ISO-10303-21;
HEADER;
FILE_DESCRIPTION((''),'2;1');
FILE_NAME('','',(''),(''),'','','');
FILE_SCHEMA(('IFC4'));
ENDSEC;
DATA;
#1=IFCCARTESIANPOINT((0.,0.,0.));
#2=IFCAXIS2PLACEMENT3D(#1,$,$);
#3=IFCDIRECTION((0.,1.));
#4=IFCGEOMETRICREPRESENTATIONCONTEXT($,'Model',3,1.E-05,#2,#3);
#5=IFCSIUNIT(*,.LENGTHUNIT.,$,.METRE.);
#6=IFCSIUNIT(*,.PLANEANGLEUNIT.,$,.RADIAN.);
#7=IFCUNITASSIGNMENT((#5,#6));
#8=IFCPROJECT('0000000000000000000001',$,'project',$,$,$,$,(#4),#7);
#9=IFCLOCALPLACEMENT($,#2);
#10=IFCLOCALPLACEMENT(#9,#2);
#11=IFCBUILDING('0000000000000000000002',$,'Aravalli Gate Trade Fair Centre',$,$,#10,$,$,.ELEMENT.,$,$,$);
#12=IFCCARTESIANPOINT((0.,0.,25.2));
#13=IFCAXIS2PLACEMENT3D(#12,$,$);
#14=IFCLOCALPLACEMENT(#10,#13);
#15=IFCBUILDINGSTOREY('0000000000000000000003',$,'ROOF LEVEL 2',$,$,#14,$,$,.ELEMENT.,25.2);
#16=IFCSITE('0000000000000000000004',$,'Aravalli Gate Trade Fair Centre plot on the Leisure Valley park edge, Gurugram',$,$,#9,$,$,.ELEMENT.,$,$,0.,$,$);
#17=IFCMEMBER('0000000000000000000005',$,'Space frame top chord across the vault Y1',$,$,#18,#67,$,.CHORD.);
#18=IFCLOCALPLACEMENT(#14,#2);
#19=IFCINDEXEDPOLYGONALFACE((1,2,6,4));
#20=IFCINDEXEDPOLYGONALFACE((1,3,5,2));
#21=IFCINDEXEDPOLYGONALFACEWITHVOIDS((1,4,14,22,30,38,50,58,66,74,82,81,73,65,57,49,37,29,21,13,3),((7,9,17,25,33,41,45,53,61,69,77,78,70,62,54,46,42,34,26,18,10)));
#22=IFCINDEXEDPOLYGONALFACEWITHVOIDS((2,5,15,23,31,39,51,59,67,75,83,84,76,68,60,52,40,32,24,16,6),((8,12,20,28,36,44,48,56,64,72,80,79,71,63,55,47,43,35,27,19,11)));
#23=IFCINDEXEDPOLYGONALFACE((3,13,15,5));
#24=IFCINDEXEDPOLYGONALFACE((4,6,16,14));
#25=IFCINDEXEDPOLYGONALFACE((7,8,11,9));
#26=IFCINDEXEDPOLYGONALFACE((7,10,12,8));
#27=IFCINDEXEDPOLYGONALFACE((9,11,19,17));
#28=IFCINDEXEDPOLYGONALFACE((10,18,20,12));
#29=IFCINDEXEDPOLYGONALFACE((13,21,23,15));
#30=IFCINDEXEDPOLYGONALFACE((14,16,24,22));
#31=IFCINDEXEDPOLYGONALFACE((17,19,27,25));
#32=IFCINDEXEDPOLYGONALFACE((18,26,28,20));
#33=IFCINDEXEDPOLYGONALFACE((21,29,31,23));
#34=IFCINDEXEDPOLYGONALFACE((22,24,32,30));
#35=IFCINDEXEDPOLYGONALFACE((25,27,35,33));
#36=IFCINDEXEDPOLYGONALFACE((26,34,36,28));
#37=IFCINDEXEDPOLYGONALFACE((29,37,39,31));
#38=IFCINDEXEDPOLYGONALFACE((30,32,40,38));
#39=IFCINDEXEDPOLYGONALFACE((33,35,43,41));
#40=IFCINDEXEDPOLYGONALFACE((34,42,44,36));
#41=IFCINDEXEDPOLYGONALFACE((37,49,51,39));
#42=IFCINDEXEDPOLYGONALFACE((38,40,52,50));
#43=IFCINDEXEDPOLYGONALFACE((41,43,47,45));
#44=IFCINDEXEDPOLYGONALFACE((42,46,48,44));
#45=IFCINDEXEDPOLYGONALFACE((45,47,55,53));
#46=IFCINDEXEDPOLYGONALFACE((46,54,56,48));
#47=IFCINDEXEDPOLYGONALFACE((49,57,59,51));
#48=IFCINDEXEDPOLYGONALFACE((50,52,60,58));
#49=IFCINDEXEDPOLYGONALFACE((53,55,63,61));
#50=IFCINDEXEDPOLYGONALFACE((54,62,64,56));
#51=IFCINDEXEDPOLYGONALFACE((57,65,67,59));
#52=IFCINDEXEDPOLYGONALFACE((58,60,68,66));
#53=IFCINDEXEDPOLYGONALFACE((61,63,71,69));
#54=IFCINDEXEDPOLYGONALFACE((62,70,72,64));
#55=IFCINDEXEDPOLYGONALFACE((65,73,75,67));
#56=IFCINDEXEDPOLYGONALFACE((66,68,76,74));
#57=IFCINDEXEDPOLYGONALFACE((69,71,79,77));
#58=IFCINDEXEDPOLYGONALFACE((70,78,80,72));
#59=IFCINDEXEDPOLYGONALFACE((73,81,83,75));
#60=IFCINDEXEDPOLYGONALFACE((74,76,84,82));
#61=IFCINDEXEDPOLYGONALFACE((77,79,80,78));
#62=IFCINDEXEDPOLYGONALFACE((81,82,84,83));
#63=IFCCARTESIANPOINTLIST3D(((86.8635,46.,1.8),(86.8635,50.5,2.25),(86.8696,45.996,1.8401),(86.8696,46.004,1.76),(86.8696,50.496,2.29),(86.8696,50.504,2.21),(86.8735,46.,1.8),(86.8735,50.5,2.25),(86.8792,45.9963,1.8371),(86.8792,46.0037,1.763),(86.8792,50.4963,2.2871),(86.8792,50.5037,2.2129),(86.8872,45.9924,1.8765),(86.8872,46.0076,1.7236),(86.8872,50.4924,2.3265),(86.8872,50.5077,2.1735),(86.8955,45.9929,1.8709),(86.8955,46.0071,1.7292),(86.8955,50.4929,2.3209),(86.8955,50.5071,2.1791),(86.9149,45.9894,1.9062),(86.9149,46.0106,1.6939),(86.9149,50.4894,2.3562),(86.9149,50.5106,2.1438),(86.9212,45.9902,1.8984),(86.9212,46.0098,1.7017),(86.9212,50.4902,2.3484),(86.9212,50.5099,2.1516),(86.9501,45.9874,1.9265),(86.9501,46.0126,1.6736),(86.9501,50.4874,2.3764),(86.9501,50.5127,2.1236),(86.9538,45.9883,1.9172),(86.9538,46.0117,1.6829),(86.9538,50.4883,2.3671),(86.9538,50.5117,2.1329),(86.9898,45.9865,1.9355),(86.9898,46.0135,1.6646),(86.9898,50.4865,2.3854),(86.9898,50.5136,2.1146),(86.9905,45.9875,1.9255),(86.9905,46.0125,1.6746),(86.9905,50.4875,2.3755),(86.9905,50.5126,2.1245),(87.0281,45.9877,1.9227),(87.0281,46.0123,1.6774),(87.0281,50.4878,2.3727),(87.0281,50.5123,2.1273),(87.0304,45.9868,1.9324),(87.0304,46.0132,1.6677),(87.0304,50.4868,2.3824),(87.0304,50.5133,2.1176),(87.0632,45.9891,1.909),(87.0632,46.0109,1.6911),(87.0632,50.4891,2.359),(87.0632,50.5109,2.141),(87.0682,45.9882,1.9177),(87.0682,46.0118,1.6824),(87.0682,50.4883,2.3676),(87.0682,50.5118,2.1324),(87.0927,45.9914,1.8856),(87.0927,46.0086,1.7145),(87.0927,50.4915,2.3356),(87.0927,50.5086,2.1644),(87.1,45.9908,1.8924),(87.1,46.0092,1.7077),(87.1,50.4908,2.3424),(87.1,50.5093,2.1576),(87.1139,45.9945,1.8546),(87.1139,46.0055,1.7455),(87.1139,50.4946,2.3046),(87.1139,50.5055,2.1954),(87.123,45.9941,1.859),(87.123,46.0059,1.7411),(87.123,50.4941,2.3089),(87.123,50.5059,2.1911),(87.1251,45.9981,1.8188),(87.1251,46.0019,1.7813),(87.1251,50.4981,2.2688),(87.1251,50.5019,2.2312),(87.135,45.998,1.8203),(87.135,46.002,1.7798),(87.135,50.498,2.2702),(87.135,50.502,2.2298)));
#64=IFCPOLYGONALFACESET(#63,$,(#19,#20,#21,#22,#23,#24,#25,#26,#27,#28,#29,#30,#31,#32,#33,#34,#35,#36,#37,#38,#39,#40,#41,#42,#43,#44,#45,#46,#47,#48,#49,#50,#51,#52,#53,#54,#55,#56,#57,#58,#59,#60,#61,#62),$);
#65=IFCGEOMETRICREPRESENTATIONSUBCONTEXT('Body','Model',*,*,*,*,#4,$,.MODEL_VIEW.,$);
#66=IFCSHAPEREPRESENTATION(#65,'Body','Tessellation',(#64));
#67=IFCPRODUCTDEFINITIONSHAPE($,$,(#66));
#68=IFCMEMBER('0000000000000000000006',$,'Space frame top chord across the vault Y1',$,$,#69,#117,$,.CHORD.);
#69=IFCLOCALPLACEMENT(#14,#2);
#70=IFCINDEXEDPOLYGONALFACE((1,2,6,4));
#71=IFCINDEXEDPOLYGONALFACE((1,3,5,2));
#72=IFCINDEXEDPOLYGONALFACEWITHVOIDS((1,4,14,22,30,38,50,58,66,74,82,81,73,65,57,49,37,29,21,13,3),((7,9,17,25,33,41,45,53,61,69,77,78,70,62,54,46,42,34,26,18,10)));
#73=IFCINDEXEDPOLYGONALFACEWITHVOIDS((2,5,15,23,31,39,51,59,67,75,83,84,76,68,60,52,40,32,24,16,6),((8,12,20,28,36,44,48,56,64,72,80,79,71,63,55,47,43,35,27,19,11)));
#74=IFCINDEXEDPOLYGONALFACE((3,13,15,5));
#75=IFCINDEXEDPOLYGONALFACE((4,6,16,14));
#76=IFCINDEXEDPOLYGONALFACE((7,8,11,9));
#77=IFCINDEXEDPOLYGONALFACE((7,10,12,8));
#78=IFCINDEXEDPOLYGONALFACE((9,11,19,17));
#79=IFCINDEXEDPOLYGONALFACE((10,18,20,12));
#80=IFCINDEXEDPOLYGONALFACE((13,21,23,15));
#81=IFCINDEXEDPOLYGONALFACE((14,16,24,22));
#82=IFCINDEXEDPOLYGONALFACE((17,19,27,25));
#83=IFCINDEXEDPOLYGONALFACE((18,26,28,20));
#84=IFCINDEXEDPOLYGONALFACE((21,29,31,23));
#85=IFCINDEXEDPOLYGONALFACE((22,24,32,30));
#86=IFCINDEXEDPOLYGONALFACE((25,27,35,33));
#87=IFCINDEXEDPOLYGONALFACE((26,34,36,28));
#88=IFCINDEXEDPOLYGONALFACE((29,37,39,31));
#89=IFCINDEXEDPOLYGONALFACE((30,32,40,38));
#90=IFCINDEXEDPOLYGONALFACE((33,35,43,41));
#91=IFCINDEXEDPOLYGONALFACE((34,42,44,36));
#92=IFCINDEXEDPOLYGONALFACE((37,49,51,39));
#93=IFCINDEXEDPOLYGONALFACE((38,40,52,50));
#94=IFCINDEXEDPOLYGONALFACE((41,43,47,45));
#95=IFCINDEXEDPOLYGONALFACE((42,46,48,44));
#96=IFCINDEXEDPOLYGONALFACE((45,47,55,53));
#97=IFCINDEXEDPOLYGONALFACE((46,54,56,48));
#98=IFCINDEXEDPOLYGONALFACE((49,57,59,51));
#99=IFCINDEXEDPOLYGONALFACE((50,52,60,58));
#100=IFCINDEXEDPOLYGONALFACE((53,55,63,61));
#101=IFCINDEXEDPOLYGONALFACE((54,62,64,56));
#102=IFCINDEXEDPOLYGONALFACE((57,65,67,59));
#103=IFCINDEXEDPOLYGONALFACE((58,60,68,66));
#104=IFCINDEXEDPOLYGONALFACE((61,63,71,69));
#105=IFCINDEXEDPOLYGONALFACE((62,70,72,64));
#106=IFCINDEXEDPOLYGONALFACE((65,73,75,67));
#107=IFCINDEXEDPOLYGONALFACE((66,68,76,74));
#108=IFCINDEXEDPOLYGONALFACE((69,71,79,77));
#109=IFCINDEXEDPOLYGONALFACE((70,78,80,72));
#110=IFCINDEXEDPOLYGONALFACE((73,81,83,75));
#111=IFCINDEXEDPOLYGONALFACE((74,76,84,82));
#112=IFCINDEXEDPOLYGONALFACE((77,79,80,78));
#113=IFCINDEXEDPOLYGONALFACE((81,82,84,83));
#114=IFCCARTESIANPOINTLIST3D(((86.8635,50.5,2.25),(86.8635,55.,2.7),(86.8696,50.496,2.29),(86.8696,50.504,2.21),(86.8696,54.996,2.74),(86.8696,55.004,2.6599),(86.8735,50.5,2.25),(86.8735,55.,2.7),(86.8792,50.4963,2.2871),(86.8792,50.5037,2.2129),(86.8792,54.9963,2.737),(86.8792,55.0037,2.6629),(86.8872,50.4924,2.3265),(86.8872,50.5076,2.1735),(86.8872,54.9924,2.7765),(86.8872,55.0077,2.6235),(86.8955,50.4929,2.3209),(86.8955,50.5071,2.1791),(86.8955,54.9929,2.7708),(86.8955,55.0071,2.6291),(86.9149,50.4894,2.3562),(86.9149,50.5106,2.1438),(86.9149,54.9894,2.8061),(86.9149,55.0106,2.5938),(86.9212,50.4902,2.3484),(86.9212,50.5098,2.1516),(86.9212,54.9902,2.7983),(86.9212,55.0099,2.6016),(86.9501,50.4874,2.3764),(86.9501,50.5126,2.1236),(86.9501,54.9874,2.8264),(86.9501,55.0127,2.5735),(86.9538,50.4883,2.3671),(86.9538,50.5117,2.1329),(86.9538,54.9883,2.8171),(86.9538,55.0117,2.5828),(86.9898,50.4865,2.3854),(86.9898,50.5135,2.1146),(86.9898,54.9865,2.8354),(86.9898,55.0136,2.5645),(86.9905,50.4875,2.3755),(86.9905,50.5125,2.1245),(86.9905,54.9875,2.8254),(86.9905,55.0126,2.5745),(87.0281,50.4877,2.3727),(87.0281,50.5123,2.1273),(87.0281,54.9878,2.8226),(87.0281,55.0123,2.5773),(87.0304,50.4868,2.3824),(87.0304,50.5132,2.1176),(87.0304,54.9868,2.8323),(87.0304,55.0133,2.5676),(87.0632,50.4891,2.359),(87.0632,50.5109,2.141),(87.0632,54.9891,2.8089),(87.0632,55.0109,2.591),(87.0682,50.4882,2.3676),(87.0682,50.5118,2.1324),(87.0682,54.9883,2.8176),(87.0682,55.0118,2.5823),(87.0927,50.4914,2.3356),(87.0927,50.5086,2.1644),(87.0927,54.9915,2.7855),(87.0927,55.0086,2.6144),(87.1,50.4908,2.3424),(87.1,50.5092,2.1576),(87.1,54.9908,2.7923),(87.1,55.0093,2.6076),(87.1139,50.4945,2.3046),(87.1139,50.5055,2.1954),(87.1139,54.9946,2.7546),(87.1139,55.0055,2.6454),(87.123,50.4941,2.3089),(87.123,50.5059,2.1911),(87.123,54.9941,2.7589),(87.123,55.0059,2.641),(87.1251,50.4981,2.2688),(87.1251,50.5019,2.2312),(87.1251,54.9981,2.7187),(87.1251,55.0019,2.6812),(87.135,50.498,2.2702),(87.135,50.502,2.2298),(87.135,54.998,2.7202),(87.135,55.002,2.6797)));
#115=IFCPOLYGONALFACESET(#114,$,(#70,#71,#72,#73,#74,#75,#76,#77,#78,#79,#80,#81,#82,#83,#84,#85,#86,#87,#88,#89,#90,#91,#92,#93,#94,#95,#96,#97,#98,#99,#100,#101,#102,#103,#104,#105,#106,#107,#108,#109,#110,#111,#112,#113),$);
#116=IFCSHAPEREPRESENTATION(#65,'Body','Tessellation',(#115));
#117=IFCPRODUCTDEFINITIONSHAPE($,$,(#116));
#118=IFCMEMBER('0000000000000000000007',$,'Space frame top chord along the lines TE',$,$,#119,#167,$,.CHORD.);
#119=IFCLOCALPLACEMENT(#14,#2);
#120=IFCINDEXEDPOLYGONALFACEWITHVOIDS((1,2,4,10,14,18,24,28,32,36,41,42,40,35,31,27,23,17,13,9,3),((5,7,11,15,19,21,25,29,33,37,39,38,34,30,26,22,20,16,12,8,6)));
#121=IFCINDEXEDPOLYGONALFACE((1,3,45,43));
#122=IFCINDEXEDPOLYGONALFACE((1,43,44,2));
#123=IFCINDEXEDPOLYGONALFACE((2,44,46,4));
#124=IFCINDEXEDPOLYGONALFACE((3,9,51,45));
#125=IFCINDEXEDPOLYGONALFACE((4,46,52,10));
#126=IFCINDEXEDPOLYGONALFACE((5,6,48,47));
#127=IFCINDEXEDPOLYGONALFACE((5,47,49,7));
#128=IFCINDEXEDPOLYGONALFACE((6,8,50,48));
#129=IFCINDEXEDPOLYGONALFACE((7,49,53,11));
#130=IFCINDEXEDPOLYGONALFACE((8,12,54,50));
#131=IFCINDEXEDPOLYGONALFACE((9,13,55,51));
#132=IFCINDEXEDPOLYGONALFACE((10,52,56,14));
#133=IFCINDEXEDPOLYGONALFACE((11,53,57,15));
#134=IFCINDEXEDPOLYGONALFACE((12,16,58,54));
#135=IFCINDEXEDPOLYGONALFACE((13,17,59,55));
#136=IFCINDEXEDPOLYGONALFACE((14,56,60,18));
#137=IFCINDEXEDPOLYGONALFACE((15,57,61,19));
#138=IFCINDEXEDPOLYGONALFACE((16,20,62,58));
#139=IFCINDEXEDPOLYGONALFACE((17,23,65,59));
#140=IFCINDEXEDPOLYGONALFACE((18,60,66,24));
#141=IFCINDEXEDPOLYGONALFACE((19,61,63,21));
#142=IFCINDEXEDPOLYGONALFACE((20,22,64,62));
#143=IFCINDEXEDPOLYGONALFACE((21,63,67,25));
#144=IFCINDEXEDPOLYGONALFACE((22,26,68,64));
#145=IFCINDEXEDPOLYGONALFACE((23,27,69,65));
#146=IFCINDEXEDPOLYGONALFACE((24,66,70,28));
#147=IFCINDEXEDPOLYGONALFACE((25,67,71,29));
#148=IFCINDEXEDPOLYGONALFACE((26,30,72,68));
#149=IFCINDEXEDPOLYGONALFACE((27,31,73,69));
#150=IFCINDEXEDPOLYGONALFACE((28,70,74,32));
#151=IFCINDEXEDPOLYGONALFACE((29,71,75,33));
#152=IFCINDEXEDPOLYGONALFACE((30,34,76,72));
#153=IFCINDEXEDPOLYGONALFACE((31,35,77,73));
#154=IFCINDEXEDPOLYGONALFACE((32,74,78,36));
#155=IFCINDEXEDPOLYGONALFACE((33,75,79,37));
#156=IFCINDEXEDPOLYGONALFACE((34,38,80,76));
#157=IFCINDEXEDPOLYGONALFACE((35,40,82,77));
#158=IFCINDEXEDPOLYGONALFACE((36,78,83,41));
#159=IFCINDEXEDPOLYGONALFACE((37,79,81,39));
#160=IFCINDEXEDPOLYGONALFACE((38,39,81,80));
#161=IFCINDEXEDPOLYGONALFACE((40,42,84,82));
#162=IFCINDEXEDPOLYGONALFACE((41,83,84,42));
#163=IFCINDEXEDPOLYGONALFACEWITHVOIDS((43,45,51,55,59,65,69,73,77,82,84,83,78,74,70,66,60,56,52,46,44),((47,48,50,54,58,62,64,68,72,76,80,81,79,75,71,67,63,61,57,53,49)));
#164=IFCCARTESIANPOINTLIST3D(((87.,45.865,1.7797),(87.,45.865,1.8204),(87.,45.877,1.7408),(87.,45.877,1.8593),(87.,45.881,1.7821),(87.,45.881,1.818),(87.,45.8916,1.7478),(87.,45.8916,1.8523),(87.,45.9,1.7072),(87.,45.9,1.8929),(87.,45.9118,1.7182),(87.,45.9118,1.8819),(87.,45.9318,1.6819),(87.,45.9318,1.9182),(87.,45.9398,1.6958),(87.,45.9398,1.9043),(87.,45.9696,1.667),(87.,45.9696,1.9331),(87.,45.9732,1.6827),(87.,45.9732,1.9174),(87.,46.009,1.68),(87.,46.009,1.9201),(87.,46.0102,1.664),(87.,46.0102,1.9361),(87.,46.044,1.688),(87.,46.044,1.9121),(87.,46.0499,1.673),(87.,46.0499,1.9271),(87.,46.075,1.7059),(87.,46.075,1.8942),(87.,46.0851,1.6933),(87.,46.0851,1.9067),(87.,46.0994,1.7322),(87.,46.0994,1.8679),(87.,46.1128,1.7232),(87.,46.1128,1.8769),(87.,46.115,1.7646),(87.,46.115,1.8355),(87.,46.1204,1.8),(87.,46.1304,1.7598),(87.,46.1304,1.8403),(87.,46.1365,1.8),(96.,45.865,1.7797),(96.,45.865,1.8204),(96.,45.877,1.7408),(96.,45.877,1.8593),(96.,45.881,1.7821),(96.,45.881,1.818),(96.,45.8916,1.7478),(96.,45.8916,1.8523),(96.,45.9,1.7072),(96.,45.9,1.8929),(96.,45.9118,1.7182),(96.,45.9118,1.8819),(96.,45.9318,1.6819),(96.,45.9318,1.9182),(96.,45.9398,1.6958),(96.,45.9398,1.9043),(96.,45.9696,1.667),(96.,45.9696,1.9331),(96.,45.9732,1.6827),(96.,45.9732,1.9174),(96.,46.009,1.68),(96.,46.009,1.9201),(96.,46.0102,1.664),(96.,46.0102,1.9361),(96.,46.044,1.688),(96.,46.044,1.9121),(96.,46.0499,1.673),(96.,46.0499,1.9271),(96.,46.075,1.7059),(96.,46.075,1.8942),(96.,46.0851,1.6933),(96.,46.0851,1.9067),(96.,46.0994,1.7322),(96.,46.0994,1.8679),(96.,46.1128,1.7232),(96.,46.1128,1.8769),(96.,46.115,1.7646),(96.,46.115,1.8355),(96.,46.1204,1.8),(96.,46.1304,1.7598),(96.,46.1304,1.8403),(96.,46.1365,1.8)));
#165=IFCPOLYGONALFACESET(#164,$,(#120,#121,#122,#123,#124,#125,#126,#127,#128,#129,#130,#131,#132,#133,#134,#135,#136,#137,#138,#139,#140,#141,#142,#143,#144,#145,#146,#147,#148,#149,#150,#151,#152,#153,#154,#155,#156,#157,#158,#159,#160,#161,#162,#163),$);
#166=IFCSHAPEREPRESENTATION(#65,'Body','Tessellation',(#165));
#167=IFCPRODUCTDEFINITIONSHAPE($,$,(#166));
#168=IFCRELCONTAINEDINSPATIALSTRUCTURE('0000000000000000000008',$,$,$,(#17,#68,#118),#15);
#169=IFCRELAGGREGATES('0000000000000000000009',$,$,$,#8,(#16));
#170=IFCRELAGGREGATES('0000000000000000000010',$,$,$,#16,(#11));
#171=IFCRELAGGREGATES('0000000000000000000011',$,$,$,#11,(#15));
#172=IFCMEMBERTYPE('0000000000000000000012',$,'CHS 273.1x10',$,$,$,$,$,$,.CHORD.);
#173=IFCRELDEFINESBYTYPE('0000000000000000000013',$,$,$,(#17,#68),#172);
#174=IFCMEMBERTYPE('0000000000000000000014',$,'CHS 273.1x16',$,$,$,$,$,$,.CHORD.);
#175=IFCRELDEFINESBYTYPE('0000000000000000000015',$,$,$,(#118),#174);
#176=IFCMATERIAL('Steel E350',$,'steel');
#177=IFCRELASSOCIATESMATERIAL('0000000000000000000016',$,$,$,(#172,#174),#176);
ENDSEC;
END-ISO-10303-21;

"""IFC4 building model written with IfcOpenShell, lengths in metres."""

from ifc_helpers import new_model, si_unit, direction, frame, origin, origin_2d, place, context, subcontext, project, spatial, hollow_circle, extrude, material, material_profile, profile_set, type_object, element, save


model = new_model("IFC4")

# Units and contexts
model_context = context("Model", 3, precision=1e-05, world=origin(), true_north=direction((0.0, 1.0)))
body_context = subcontext(model_context, "Body", "Model", "MODEL_VIEW")
ifc_project = project(units=[si_unit("LENGTHUNIT", "METRE"), si_unit("PLANEANGLEUNIT", "RADIAN")], contexts=[model_context])

# Site, building, storey
site_placement = place(None, origin())
site = spatial("IfcSite", under=ifc_project, at=site_placement, Name="Aravalli Gate Trade Fair Centre plot on the Leisure Valley park edge, Gurugram", CompositionType="ELEMENT", RefElevation=0.0)
building_placement = place(site_placement, origin())
building = spatial("IfcBuilding", under=site, at=building_placement, Name="Aravalli Gate Trade Fair Centre", CompositionType="ELEMENT")
storey_placement = place(building_placement, frame((0.0, 0.0, 25.2)))
storey = spatial("IfcBuildingStorey", under=building, at=storey_placement, Name="ROOF LEVEL 2", CompositionType="ELEMENT", Elevation=25.2)

# Members
ifc_material_1 = material(Name="Steel E350", Category="steel")
ifc_material_profile_1 = material_profile(ifc_material_1, hollow_circle(Radius=0.1365, WallThickness=0.01, at=origin_2d()), Name="CHS 273.1x10")
ifc_profile_set_1 = profile_set([ifc_material_profile_1], Name="Steel E350")
member_type_1 = type_object("IfcMemberType", Name="CHS 273.1x10", PredefinedType="CHORD", material=ifc_profile_set_1)
for number, where, z_axis, x_axis, name in (
    (1, (87.0, 46.0, 1.8), (0.0, 0.995038, 0.099493), (-1.0, 0.0, 0.0), "Space frame top chord across the vault Y1"),
    (2, (87.0, 50.5, 2.25), (0.0, 0.995038, 0.099493), (-1.0, 0.0, 0.0), "Space frame top chord across the vault Y1"),
):
    element("IfcMember", number, at=place(storey_placement, frame(where, z_axis=z_axis, x_axis=x_axis)), inside=storey, type_object=member_type_1, Name=name, PredefinedType="CHORD", context=body_context, shape_type="SweptSolid", body=[
        extrude(hollow_circle(Radius=0.1365, WallThickness=0.01, at=origin_2d()), origin(), (0.0, 0.0, 1.0), 4.5225),
    ])
ifc_material_profile_2 = material_profile(ifc_material_1, hollow_circle(Radius=0.1365, WallThickness=0.0161, at=origin_2d()), Name="CHS 273.1x16")
ifc_profile_set_2 = profile_set([ifc_material_profile_2], Name="Steel E350")
member_type_2 = type_object("IfcMemberType", Name="CHS 273.1x16", PredefinedType="CHORD", material=ifc_profile_set_2)
member_1_placement = place(storey_placement, frame((87.0, 46.0, 1.8), z_axis=(1.0, 0.0, 0.0), x_axis=(0.0, 1.0, 0.0)))
element("IfcMember", 3, at=member_1_placement, inside=storey, type_object=member_type_2, Name="Space frame top chord along the lines TE", PredefinedType="CHORD", context=body_context, shape_type="SweptSolid", body=[
    extrude(hollow_circle(Radius=0.1365, WallThickness=0.0161, at=origin_2d()), origin(), (0.0, 0.0, 1.0), 9.0),
])

save(model, "model.ifc")
